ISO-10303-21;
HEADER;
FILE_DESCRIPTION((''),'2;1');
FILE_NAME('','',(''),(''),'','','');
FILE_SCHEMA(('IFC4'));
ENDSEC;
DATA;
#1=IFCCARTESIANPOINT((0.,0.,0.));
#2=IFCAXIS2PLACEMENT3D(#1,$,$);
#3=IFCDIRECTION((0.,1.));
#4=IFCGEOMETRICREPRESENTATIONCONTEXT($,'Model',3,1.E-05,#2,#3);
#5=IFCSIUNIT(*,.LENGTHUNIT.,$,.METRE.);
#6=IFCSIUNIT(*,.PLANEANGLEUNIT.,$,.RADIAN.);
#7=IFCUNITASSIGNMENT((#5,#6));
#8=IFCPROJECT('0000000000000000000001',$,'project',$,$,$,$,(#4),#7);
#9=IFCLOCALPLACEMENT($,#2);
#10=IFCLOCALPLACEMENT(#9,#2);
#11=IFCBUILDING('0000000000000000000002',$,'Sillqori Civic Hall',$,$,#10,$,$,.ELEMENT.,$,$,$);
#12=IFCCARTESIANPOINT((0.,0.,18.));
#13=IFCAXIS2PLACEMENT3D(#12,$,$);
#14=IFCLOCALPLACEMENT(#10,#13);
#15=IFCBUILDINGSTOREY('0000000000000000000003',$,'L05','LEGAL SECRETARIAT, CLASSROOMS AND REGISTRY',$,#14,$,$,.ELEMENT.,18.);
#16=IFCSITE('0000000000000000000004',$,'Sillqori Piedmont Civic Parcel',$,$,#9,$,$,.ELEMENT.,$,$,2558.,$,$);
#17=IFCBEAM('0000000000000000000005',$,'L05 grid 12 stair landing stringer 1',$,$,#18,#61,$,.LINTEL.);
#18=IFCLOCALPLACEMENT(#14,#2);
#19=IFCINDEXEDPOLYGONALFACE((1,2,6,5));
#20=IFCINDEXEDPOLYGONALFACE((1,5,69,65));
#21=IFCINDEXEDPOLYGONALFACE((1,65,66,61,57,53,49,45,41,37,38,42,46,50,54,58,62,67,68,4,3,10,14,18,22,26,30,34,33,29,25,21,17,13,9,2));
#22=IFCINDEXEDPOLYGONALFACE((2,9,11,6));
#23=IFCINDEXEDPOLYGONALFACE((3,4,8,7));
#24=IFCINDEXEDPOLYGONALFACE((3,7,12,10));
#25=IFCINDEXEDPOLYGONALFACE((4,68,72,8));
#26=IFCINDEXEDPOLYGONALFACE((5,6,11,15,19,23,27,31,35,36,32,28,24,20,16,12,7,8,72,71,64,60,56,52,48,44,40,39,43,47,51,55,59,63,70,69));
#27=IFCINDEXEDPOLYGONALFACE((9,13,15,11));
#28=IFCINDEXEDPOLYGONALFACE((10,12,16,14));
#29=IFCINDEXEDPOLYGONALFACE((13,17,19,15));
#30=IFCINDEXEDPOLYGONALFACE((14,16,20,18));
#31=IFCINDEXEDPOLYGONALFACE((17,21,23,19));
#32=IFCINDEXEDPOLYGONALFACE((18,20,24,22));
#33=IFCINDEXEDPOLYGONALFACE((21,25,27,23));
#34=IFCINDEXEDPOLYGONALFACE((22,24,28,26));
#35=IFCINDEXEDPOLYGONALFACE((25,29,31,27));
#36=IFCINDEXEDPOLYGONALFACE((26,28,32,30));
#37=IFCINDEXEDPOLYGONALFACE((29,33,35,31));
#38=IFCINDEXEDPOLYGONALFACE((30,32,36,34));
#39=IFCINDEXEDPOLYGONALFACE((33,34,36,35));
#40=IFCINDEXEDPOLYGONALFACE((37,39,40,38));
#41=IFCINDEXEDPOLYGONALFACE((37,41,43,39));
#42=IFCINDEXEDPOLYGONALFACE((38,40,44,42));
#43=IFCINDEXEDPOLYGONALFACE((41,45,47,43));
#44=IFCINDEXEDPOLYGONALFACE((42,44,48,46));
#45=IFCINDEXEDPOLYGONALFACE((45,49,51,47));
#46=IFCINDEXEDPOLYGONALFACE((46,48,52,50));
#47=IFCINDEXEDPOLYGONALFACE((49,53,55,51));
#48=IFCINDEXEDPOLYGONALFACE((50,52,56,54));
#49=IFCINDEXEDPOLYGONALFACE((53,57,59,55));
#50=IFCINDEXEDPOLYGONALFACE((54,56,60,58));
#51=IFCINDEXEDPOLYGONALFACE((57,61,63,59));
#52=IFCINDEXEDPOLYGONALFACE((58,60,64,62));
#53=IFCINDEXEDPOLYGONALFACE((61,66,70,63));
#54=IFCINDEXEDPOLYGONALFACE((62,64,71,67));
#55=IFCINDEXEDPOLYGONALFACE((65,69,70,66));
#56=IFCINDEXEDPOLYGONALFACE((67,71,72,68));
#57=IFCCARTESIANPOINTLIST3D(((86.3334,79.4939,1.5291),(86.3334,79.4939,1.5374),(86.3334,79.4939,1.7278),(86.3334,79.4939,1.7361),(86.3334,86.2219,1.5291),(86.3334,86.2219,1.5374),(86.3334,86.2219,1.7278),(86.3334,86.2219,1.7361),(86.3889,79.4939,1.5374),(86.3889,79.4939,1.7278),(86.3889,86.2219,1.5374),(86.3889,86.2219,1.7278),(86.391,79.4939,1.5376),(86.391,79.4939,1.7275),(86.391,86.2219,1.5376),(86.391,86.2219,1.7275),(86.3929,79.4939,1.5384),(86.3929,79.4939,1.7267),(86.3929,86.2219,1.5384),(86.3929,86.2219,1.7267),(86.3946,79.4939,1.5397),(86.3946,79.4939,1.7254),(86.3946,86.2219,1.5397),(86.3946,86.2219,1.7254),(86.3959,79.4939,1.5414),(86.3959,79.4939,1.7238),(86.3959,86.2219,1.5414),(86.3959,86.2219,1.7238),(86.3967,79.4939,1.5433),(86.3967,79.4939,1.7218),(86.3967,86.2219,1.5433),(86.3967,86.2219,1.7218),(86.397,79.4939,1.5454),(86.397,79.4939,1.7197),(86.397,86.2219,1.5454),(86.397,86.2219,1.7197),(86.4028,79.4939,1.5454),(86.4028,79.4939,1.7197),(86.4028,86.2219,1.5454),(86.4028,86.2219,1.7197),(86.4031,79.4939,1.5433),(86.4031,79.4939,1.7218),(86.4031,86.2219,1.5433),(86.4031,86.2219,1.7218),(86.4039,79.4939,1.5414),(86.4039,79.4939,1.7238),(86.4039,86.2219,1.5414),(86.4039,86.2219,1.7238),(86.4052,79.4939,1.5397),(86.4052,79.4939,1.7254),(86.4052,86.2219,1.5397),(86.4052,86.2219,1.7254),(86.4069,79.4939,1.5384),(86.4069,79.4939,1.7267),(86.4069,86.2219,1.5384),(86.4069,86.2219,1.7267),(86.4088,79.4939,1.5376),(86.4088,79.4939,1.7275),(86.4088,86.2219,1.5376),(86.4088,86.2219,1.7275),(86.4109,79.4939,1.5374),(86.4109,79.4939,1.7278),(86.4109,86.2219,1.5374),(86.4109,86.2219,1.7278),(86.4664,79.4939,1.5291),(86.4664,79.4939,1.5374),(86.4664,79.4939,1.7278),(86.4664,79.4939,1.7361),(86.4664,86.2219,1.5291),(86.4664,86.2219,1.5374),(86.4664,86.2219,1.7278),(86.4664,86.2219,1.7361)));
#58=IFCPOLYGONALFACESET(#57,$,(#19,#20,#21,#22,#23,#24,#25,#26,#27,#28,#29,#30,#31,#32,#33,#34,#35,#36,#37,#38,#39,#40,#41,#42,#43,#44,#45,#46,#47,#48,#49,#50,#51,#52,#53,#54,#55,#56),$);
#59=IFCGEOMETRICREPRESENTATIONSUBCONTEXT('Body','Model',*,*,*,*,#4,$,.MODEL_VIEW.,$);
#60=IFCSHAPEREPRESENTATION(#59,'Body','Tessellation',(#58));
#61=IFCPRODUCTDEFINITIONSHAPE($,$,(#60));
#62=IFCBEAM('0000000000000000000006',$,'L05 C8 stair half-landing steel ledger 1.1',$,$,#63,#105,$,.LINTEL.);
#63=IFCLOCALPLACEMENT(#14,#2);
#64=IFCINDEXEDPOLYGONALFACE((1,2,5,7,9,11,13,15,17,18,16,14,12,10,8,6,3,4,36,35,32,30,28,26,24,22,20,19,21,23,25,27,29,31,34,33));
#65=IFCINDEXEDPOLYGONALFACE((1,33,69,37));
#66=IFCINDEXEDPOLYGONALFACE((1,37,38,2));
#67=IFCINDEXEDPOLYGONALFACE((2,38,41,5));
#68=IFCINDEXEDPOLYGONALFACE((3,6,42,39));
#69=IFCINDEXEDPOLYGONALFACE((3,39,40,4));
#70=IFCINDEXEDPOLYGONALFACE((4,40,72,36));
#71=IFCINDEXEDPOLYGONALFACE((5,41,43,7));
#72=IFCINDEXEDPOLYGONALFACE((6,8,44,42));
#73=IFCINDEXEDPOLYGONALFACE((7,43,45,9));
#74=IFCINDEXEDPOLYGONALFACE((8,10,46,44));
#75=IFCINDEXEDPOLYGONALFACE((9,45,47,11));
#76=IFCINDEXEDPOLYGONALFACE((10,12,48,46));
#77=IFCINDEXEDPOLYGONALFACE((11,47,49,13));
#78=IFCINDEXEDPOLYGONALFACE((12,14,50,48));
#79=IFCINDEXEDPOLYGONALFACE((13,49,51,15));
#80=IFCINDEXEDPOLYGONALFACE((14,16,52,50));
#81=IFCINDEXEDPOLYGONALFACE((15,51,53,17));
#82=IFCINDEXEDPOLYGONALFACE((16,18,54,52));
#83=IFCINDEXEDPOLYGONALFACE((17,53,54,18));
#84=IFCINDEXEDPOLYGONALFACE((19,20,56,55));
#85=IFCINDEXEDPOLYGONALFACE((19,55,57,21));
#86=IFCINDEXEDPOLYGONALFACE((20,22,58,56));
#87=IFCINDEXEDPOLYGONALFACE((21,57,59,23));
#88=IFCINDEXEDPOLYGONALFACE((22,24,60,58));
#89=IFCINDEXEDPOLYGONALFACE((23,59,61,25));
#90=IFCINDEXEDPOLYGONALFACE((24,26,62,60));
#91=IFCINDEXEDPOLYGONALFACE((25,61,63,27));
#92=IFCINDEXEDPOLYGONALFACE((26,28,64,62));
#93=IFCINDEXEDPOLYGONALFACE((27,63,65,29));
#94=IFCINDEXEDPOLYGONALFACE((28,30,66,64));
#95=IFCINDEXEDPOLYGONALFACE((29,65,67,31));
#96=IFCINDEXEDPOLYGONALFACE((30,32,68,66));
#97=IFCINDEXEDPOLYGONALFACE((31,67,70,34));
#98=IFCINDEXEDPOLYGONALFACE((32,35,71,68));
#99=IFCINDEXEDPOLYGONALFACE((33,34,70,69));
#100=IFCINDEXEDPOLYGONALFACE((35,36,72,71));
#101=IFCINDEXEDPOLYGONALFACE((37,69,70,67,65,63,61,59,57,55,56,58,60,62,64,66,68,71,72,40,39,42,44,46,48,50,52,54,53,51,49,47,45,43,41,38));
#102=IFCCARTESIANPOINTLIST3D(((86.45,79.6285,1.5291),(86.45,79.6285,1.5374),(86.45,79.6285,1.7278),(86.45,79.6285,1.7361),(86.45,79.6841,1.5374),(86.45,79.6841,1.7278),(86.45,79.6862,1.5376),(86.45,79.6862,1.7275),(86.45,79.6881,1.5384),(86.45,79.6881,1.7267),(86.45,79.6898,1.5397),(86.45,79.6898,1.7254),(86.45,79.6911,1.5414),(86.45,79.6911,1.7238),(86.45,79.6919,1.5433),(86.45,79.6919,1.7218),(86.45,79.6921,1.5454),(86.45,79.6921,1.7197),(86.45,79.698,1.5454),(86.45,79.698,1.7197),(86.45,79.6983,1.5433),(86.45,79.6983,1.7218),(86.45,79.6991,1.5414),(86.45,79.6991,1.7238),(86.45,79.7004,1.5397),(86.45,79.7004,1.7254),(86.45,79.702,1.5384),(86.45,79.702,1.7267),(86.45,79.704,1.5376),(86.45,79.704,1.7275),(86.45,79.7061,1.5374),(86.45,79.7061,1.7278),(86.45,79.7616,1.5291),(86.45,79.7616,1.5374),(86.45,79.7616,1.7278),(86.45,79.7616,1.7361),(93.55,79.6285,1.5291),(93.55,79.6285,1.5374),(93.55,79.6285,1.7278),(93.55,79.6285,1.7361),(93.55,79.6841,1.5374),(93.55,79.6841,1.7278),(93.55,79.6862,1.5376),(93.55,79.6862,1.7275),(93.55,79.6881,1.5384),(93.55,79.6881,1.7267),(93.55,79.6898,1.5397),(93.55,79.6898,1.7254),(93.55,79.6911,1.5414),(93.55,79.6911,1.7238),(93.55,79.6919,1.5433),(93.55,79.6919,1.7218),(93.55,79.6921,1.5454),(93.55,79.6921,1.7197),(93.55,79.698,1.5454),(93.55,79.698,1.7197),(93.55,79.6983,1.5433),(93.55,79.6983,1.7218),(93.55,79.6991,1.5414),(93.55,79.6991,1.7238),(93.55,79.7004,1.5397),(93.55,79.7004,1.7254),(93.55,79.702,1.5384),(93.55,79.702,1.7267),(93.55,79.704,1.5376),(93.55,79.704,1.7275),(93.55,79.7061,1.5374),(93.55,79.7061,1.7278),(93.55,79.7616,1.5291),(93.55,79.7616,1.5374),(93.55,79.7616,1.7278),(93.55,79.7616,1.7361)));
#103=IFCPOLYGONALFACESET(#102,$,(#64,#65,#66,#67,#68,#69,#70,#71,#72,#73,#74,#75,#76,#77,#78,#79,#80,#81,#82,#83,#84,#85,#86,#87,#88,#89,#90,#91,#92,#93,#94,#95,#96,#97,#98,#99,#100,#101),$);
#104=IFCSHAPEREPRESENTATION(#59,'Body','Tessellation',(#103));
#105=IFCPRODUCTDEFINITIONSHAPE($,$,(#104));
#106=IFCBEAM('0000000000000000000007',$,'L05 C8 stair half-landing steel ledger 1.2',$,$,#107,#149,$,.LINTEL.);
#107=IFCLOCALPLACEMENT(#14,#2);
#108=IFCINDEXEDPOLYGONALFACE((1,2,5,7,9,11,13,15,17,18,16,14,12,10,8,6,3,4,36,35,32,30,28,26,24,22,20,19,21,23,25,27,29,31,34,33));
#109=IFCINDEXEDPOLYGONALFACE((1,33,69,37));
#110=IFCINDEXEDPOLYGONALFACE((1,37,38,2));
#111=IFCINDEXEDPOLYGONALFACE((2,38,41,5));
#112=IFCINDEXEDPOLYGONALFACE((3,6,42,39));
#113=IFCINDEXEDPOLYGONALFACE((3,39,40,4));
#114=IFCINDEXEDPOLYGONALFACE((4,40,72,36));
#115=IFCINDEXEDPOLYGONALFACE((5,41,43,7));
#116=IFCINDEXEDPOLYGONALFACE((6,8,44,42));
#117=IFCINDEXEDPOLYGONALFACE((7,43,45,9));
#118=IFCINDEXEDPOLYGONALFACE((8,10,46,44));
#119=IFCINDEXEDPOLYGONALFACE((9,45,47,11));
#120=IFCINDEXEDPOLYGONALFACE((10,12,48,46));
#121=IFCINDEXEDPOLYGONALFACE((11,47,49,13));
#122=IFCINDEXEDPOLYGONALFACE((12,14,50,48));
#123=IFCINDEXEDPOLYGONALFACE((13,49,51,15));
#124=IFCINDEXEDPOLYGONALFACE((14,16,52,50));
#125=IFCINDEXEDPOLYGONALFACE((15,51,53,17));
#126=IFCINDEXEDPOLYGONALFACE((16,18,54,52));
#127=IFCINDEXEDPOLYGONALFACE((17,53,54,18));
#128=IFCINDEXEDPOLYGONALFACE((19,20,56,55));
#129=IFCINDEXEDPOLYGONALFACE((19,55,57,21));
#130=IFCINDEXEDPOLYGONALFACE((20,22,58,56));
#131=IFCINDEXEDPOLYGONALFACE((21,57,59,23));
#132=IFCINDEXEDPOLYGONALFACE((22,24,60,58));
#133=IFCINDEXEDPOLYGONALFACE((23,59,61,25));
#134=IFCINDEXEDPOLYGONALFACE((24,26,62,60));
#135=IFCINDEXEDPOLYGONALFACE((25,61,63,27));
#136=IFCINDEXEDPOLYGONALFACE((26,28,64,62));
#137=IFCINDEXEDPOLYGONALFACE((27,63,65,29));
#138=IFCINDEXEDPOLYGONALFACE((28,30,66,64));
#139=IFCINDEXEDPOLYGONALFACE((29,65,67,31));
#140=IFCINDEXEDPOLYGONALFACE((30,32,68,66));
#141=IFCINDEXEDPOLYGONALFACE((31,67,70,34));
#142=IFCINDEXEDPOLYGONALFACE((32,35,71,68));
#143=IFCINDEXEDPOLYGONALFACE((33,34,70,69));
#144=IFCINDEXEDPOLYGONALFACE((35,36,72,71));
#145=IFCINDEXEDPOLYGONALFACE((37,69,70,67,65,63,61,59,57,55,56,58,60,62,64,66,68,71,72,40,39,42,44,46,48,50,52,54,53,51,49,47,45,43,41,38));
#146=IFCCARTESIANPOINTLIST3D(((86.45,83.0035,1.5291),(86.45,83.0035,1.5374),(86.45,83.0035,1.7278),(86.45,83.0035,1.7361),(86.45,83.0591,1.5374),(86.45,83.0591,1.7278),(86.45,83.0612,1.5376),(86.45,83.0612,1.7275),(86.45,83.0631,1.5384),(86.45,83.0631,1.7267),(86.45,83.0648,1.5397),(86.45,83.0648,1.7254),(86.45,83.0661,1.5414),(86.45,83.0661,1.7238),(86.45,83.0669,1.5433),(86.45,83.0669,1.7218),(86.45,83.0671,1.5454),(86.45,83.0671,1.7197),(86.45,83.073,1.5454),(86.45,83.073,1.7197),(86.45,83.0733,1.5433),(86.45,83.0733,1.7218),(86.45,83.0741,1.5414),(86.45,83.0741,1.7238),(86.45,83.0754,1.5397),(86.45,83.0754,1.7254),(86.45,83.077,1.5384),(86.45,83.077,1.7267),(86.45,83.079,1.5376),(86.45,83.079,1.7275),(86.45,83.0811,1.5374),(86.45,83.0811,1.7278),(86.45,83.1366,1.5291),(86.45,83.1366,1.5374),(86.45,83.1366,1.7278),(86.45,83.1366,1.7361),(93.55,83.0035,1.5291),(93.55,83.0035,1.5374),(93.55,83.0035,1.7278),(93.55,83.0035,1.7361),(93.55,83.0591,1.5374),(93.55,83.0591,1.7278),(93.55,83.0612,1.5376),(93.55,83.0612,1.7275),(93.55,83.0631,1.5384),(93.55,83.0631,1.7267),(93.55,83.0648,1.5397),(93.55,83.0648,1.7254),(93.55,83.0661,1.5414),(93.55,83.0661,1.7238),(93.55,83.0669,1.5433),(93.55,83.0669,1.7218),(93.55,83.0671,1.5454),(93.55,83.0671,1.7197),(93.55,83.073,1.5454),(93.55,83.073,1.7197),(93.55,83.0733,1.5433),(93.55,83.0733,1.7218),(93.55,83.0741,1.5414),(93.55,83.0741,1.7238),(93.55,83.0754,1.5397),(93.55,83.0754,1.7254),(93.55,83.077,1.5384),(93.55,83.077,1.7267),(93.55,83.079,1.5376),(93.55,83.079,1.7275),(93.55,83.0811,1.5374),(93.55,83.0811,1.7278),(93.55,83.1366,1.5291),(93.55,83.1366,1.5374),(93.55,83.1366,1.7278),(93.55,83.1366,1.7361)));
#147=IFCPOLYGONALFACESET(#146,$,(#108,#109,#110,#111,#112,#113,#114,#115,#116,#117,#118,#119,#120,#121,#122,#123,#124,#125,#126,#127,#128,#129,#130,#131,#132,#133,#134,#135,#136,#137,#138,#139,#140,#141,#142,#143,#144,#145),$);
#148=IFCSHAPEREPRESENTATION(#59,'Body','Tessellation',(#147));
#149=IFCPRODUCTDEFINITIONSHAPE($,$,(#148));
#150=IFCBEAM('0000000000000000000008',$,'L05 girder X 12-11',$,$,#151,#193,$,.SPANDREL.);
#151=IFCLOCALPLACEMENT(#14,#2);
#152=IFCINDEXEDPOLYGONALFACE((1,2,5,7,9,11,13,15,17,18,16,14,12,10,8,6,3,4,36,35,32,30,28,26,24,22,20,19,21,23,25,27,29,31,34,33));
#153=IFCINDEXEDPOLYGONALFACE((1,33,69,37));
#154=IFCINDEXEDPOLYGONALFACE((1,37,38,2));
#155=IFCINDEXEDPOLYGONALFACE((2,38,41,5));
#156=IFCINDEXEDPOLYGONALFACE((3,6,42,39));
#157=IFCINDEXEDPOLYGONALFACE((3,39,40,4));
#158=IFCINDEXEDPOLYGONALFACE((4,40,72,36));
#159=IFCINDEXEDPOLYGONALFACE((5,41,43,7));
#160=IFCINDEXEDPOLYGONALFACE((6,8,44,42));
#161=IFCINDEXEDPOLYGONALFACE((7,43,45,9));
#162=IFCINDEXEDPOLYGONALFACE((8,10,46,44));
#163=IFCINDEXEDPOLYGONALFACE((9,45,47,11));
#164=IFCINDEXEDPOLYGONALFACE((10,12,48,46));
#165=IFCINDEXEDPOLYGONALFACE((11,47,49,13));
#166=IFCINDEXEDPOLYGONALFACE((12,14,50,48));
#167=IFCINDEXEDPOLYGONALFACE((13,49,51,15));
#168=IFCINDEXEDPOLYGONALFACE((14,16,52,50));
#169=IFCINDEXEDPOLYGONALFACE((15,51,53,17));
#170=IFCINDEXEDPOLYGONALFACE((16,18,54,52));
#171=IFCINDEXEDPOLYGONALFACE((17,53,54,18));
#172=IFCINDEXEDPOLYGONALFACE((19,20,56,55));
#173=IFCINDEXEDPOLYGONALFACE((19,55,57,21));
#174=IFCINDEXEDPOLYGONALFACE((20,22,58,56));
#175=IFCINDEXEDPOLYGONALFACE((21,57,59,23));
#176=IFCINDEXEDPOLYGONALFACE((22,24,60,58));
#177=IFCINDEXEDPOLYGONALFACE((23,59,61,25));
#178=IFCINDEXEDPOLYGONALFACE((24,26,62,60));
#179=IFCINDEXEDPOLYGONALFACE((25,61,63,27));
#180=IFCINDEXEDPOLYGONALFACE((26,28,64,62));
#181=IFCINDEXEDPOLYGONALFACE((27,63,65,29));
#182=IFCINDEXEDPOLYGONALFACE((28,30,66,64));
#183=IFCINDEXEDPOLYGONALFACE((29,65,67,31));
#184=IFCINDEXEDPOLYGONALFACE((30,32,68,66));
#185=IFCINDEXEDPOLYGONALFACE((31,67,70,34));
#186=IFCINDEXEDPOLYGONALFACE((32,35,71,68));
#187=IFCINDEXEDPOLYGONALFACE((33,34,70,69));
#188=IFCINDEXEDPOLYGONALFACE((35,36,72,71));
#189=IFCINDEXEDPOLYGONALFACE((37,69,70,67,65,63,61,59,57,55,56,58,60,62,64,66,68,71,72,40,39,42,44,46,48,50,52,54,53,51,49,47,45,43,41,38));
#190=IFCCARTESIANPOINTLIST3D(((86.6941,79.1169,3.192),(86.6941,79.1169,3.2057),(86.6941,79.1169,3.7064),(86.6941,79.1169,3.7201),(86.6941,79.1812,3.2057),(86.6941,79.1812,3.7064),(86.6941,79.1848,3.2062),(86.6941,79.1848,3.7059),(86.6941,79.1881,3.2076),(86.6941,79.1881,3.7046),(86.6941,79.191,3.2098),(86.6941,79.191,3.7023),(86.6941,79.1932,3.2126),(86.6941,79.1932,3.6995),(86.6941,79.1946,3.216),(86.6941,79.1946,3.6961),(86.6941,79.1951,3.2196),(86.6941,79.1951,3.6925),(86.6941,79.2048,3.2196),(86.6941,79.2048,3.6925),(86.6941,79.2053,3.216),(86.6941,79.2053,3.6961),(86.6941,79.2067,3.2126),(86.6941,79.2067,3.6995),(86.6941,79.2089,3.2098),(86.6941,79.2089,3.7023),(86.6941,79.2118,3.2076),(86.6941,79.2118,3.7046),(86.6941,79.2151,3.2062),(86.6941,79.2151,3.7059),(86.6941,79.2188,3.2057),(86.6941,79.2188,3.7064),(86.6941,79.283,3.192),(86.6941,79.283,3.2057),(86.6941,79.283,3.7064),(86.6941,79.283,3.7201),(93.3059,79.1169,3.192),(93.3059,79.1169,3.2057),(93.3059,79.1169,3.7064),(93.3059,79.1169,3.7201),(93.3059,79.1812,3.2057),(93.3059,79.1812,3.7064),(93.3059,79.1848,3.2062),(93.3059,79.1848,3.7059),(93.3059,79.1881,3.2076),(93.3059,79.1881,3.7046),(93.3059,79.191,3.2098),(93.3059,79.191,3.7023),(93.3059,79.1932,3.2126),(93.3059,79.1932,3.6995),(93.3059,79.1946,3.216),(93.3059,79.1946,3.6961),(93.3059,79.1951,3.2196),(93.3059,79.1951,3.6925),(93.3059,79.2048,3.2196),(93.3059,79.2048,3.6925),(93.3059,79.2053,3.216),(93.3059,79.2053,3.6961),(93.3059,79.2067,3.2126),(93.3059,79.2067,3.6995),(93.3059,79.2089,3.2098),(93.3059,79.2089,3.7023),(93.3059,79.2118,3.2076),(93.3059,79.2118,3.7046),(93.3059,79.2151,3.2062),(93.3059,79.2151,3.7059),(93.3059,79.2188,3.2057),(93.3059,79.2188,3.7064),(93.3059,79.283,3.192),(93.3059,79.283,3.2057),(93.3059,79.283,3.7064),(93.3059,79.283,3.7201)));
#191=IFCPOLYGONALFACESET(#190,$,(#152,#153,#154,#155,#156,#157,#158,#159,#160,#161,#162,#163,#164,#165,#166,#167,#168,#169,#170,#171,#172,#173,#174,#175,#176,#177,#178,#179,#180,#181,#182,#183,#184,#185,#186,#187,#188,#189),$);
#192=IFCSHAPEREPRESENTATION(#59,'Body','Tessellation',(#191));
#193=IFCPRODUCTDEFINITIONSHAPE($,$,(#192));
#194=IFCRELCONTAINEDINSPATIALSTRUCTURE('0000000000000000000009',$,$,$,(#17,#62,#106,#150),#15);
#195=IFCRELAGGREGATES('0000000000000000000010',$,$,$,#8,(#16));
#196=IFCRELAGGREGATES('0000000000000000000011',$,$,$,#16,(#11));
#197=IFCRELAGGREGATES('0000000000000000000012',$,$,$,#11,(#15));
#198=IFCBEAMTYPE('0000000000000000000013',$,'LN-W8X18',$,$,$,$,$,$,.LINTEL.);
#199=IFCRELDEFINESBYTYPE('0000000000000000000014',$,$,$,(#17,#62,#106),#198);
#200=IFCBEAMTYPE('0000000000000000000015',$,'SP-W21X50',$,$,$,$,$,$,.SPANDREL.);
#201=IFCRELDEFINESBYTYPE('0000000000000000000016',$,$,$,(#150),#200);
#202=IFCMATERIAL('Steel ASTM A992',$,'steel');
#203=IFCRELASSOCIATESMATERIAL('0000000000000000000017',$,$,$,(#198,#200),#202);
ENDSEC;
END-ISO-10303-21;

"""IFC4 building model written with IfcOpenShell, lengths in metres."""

from ifc_helpers import new_model, si_unit, direction, frame, origin, origin_2d, place, context, subcontext, project, spatial, i_section, extrude, material, material_profile, profile_set, type_object, element, save


model = new_model("IFC4")

# Units and contexts
model_context = context("Model", 3, precision=1e-05, world=origin(), true_north=direction((0.0, 1.0)))
body_context = subcontext(model_context, "Body", "Model", "MODEL_VIEW")
ifc_project = project(units=[si_unit("LENGTHUNIT", "METRE"), si_unit("PLANEANGLEUNIT", "RADIAN")], contexts=[model_context])

# Site, building, storey
site_placement = place(None, origin())
site = spatial("IfcSite", under=ifc_project, at=site_placement, Name="Sillqori Piedmont Civic Parcel", CompositionType="ELEMENT", RefElevation=2558.0)
building_placement = place(site_placement, origin())
building = spatial("IfcBuilding", under=site, at=building_placement, Name="Sillqori Civic Hall", CompositionType="ELEMENT")
storey_placement = place(building_placement, frame((0.0, 0.0, 18.0)))
storey = spatial("IfcBuildingStorey", under=building, at=storey_placement, Name="L05", Description="LEGAL SECRETARIAT, CLASSROOMS AND REGISTRY", CompositionType="ELEMENT", Elevation=18.0)

# Shared definitions
ifc_material_1 = material(Name="Steel ASTM A992", Category="steel")

# Beams
ifc_material_profile_1 = material_profile(ifc_material_1, i_section(OverallWidth=0.1331, OverallDepth=0.207, WebThickness=0.0059, FlangeThickness=0.0083, FilletRadius=0.0081, at=origin_2d()), Name="W8X18")
ifc_profile_set_1 = profile_set([ifc_material_profile_1], Name="Steel ASTM A992")
beam_type_1 = type_object("IfcBeamType", Name="LN-W8X18", PredefinedType="LINTEL", material=ifc_profile_set_1)
beam_1_placement = place(storey_placement, frame((86.3999, 79.4939, 1.6326), z_axis=(0.0, 1.0, 0.0), x_axis=(-1.0, 0.0, 0.0)))
element("IfcBeam", 1, at=beam_1_placement, inside=storey, type_object=beam_type_1, Name="L05 grid 12 stair landing stringer 1", PredefinedType="LINTEL", context=body_context, shape_type="SweptSolid", body=[
    extrude(i_section(OverallWidth=0.1331, OverallDepth=0.207, WebThickness=0.0059, FlangeThickness=0.0083, FilletRadius=0.0081, at=origin_2d()), origin(), (0.0, 0.0, 1.0), 6.728),
])
for number, where, z_axis, x_axis, name in (
    (2, (86.45, 79.6951, 1.6326), (1.0, 0.0, 0.0), (0.0, 1.0, 0.0), "L05 C8 stair half-landing steel ledger 1.1"),
    (3, (86.45, 83.0701, 1.6326), (1.0, 0.0, 0.0), (0.0, 1.0, 0.0), "L05 C8 stair half-landing steel ledger 1.2"),
):
    element("IfcBeam", number, at=place(storey_placement, frame(where, z_axis=z_axis, x_axis=x_axis)), inside=storey, type_object=beam_type_1, Name=name, PredefinedType="LINTEL", context=body_context, shape_type="SweptSolid", body=[
        extrude(i_section(OverallWidth=0.1331, OverallDepth=0.207, WebThickness=0.0059, FlangeThickness=0.0083, FilletRadius=0.0081, at=origin_2d()), origin(), (0.0, 0.0, 1.0), 7.1001),
    ])
ifc_material_profile_2 = material_profile(ifc_material_1, i_section(OverallWidth=0.166, OverallDepth=0.5281, WebThickness=0.0098, FlangeThickness=0.0137, FilletRadius=0.0139, at=origin_2d()), Name="W21X50")
ifc_profile_set_2 = profile_set([ifc_material_profile_2], Name="Steel ASTM A992")
beam_type_2 = type_object("IfcBeamType", Name="SP-W21X50", PredefinedType="SPANDREL", material=ifc_profile_set_2)
beam_2_placement = place(storey_placement, frame((86.6941, 79.2, 3.4561), z_axis=(1.0, 0.0, 0.0), x_axis=(0.0, 1.0, 0.0)))
element("IfcBeam", 4, at=beam_2_placement, inside=storey, type_object=beam_type_2, Name="L05 girder X 12-11", PredefinedType="SPANDREL", context=body_context, shape_type="SweptSolid", body=[
    extrude(i_section(OverallWidth=0.166, OverallDepth=0.5281, WebThickness=0.0098, FlangeThickness=0.0137, FilletRadius=0.0139, at=origin_2d()), origin(), (0.0, 0.0, 1.0), 6.6118),
])

save(model, "model.ifc")
